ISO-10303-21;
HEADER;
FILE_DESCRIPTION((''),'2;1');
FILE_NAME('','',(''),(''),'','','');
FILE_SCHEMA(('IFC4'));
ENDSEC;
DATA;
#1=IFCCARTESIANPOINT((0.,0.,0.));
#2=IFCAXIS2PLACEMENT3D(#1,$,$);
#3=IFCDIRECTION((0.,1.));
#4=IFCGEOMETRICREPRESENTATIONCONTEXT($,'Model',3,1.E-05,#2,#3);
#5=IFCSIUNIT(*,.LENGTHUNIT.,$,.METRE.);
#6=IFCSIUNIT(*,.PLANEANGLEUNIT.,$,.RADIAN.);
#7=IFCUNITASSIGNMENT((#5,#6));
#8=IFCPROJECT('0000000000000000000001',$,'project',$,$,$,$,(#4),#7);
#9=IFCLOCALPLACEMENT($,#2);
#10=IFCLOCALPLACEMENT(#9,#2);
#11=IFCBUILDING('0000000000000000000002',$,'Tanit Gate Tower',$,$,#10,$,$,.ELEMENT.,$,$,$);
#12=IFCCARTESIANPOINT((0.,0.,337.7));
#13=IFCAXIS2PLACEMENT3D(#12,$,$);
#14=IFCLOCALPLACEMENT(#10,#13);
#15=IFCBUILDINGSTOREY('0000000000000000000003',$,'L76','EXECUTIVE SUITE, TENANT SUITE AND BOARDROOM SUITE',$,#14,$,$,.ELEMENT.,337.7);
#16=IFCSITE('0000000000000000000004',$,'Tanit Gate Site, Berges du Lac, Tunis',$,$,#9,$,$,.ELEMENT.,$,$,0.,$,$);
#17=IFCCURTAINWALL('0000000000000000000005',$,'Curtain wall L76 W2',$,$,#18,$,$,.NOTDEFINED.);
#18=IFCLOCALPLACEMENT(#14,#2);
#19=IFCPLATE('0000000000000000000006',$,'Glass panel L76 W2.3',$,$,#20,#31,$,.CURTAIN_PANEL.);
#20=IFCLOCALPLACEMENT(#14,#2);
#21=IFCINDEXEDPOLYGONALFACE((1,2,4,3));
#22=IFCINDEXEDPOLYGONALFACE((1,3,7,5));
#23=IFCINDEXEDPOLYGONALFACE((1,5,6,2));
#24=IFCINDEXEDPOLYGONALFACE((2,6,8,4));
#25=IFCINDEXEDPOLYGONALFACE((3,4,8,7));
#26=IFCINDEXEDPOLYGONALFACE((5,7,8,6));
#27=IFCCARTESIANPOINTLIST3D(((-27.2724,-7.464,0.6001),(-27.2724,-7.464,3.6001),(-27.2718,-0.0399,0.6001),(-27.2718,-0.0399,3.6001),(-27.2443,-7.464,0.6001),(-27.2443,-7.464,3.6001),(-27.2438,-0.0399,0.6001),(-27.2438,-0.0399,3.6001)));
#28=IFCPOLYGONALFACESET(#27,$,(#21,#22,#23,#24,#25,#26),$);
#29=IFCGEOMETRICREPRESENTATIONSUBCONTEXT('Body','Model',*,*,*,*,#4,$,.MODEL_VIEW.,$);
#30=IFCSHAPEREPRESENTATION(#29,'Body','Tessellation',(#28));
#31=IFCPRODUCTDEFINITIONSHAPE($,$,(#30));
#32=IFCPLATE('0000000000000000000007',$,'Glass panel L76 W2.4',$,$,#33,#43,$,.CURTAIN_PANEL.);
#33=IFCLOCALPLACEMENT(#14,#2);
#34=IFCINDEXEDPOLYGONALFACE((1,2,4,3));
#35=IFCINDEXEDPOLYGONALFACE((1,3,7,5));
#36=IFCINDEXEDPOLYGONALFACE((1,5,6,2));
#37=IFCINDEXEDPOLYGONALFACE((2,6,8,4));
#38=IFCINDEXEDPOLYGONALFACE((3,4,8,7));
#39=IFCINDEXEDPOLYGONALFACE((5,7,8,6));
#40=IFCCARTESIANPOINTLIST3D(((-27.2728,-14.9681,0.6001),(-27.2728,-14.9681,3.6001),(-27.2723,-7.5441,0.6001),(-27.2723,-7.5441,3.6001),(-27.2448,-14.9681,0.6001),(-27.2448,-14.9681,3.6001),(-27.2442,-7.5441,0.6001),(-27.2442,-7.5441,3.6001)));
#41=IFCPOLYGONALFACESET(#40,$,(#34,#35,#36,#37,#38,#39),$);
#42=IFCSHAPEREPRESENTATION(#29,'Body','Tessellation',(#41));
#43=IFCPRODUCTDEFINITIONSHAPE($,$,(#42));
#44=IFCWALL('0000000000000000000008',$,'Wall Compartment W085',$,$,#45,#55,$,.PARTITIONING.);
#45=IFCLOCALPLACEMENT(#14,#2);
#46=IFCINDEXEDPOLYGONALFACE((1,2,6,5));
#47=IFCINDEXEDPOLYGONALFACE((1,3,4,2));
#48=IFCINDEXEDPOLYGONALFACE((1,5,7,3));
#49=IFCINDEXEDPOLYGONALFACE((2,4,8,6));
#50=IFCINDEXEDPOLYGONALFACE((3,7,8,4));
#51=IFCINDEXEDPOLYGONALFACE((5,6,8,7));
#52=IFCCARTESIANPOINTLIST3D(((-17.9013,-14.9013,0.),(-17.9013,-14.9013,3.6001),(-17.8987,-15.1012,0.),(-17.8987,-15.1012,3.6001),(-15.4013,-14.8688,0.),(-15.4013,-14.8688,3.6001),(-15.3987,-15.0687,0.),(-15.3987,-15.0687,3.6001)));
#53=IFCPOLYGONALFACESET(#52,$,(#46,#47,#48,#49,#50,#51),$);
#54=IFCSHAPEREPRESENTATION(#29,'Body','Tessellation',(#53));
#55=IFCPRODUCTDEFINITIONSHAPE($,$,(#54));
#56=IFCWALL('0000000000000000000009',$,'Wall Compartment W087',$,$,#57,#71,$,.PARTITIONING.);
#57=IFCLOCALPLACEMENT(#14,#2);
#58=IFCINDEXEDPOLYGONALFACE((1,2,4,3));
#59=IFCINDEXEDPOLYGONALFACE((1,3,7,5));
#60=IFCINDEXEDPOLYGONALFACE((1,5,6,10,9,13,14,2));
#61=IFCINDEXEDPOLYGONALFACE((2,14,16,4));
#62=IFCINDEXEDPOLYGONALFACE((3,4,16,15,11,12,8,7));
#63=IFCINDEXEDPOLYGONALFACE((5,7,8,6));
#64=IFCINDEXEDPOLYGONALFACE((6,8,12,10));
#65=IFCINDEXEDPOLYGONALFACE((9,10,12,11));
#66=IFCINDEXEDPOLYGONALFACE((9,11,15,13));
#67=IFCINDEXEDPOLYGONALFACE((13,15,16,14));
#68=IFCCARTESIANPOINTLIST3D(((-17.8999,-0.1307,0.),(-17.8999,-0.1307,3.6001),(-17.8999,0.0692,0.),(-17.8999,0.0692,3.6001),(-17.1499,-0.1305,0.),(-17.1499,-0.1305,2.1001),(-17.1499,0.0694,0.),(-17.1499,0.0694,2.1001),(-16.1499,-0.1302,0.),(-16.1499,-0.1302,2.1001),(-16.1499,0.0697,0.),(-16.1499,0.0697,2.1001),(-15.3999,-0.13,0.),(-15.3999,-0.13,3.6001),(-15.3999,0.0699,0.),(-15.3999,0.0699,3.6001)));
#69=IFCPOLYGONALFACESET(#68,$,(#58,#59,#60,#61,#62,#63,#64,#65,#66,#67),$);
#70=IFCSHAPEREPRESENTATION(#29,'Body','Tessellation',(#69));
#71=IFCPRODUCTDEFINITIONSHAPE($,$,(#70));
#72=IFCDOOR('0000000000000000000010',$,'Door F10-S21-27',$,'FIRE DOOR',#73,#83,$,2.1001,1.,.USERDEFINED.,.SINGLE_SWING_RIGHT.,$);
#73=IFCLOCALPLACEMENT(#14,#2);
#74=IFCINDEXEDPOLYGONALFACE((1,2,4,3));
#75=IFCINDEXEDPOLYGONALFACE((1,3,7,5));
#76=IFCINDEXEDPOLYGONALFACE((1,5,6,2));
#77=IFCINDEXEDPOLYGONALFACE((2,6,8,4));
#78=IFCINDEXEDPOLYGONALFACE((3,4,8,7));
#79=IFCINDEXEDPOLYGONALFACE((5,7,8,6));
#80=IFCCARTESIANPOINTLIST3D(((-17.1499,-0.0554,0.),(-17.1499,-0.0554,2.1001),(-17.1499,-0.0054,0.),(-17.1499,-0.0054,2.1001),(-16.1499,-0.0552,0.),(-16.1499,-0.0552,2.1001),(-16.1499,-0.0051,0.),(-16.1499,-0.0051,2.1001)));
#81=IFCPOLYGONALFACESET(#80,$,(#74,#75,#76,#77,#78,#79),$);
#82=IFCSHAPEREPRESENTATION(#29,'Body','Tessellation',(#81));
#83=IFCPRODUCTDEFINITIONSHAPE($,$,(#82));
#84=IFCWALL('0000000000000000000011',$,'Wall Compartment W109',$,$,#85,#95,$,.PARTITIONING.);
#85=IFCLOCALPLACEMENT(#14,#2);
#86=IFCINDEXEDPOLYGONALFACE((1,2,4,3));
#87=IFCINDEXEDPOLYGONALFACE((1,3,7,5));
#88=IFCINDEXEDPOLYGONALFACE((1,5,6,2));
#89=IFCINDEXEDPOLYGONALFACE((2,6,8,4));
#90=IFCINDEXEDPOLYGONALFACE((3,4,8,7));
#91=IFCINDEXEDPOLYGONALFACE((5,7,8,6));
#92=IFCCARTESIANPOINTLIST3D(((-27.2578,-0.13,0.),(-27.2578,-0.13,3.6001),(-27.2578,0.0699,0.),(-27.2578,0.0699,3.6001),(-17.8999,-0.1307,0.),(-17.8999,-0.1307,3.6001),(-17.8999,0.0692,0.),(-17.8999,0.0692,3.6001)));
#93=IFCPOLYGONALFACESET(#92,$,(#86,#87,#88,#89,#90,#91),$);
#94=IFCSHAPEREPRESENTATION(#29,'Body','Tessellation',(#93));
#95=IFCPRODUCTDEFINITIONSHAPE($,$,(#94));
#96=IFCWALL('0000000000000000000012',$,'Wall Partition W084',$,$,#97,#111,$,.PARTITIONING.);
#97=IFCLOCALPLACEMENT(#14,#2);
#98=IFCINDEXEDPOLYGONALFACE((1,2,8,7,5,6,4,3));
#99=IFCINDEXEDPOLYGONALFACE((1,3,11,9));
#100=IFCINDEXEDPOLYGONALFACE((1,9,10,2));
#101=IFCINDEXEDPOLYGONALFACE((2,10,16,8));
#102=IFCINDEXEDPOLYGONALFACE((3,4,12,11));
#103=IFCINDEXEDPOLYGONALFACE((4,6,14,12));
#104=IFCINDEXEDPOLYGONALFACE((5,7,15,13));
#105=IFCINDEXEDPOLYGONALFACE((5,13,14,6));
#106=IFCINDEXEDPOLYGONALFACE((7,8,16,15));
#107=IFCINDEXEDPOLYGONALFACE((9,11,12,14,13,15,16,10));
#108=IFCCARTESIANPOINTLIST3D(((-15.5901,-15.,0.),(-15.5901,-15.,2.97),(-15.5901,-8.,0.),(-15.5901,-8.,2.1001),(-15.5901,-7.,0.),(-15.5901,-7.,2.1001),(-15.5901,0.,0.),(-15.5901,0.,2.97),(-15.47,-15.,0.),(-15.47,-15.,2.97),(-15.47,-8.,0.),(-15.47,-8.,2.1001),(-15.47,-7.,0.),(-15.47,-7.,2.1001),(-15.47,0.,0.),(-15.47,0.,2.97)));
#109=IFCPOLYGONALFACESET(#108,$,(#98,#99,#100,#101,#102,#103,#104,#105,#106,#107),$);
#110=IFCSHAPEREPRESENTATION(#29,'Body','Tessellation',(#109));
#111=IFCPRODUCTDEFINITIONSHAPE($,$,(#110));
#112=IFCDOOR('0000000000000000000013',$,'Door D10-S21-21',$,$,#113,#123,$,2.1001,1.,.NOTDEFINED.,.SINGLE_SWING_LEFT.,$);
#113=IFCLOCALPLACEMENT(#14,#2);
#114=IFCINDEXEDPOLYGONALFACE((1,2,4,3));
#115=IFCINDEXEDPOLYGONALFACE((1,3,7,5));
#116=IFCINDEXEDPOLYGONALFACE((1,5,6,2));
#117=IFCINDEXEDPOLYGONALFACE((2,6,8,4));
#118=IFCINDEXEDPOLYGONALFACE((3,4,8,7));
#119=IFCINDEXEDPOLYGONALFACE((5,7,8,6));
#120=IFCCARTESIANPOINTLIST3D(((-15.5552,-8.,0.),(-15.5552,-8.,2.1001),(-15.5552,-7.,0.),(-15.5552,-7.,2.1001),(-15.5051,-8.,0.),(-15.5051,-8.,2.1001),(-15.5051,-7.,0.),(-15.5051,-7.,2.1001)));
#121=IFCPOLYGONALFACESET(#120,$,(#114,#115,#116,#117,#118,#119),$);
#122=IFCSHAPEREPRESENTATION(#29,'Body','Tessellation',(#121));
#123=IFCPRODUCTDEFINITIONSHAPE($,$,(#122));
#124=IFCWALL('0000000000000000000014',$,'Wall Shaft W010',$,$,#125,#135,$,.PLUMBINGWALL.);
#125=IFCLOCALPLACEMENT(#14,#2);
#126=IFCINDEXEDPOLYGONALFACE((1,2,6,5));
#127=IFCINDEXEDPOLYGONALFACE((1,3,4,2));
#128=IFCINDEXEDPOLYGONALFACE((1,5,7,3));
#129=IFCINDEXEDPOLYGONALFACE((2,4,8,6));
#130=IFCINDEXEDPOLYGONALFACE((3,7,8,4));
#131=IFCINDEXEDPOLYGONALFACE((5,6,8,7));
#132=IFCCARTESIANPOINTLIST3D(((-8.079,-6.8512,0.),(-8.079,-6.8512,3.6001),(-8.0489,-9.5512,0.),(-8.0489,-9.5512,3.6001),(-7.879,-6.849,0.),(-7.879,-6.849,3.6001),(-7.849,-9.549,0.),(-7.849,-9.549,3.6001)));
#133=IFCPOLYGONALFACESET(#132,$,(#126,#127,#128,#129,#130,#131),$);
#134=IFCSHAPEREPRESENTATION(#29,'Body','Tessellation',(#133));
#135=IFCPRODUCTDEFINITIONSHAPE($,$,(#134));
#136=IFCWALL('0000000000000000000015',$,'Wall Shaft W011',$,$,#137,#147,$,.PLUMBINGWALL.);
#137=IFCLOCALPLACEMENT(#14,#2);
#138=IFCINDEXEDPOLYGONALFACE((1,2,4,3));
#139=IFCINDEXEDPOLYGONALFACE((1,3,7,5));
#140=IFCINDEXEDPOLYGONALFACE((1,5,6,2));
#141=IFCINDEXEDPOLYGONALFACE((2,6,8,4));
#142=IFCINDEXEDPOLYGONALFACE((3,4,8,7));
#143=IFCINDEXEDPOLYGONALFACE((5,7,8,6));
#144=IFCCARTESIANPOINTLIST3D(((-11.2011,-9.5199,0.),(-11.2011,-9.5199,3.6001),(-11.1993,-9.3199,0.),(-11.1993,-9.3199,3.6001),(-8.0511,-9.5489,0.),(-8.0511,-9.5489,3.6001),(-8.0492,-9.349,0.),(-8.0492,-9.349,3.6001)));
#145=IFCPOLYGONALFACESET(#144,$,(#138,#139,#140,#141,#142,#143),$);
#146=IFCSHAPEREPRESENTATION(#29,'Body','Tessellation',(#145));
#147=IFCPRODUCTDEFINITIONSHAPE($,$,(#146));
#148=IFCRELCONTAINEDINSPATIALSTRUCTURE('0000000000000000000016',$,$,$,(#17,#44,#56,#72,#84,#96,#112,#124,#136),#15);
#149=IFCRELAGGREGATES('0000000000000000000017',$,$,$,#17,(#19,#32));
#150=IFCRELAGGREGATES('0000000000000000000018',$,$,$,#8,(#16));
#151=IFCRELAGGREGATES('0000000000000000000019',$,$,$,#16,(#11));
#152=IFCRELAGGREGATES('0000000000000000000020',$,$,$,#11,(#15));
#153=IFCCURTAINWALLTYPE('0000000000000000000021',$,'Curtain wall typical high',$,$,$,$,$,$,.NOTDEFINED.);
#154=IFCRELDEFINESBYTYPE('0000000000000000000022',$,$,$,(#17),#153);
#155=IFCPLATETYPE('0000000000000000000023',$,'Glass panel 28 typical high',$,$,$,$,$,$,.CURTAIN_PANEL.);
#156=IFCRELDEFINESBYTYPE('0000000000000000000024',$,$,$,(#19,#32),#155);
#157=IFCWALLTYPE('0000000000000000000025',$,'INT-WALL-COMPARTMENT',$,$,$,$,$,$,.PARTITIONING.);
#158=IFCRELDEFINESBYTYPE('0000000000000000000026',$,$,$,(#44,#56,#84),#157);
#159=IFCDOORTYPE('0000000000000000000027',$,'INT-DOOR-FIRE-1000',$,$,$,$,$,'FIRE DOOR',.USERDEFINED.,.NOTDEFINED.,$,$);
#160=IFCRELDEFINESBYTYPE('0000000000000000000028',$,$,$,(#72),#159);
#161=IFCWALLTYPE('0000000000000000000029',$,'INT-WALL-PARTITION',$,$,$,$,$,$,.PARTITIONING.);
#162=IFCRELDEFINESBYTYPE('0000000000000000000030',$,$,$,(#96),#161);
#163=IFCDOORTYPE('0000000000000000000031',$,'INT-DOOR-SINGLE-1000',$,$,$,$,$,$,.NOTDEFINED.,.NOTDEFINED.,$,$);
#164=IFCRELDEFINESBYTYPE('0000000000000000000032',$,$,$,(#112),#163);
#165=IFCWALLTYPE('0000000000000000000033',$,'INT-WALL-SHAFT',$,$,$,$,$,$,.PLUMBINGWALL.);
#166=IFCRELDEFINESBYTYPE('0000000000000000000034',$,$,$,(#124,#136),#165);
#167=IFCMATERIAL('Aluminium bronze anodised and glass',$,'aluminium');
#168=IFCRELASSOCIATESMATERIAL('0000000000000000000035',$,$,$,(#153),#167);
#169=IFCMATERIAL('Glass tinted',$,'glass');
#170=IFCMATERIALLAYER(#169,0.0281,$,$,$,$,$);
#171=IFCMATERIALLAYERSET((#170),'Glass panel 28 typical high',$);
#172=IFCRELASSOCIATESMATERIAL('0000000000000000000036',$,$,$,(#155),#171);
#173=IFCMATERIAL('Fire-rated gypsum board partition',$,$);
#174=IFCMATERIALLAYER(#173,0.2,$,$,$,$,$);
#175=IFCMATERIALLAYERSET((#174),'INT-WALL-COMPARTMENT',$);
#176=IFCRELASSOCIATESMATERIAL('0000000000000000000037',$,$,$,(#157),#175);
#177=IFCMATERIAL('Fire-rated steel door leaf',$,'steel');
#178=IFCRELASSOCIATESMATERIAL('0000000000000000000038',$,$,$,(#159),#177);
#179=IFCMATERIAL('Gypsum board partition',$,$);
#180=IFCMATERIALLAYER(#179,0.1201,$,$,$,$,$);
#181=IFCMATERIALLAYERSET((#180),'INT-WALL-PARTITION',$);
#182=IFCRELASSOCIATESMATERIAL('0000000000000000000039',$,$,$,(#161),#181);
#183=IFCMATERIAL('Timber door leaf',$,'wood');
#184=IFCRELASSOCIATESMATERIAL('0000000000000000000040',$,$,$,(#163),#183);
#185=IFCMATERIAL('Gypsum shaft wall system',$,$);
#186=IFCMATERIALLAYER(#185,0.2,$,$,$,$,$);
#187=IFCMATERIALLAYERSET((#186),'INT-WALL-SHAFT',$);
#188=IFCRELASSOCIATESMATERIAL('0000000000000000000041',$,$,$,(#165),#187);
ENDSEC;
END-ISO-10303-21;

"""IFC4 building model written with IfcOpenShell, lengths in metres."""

from ifc_helpers import new_model, si_unit, direction, frame, frame_2d, origin, origin_2d, place, context, subcontext, project, spatial, rectangle, extrude, material, layer, layer_set, type_object, element, fill, aggregate, save


model = new_model("IFC4")

# Units and contexts
model_context = context("Model", 3, precision=1e-05, world=origin(), true_north=direction((0.0, 1.0)))
body_context = subcontext(model_context, "Body", "Model", "MODEL_VIEW")
ifc_project = project(units=[si_unit("LENGTHUNIT", "METRE"), si_unit("PLANEANGLEUNIT", "RADIAN")], contexts=[model_context])

# Site, building, storey
site_placement = place(None, origin())
site = spatial("IfcSite", under=ifc_project, at=site_placement, Name="Tanit Gate Site, Berges du Lac, Tunis", CompositionType="ELEMENT", RefElevation=0.0)
building_placement = place(site_placement, origin())
building = spatial("IfcBuilding", under=site, at=building_placement, Name="Tanit Gate Tower", CompositionType="ELEMENT")
storey_placement = place(building_placement, frame((0.0, 0.0, 337.7)))
storey = spatial("IfcBuildingStorey", under=building, at=storey_placement, Name="L76", Description="EXECUTIVE SUITE, TENANT SUITE AND BOARDROOM SUITE", CompositionType="ELEMENT", Elevation=337.7)

# Curtain wall
ifc_material_1 = material(Name="Aluminium bronze anodised and glass", Category="aluminium")
curtain_wall_type = type_object("IfcCurtainWallType", Name="Curtain wall typical high", PredefinedType="NOTDEFINED", material=ifc_material_1)
curtain_wall_placement = place(storey_placement, origin())
curtain_wall = element("IfcCurtainWall", 1, at=curtain_wall_placement, inside=storey, type_object=curtain_wall_type, Name="Curtain wall L76 W2", PredefinedType="NOTDEFINED")

# Plates
ifc_material_2 = material(Name="Glass tinted", Category="glass")
ifc_layer_1 = layer(ifc_material_2, 0.0281)
ifc_layer_set_1 = layer_set([ifc_layer_1], Name="Glass panel 28 typical high")
plate_type = type_object("IfcPlateType", Name="Glass panel 28 typical high", PredefinedType="CURTAIN_PANEL", material=ifc_layer_set_1)
plate_1_placement = place(storey_placement, frame((-27.2581, -3.752, 0.6001), z_axis=(0.0, 0.0, 1.0), x_axis=(-0.000069, -1.0, 0.0)))
plate_1 = element("IfcPlate", 2, at=plate_1_placement, type_object=plate_type, Name="Glass panel L76 W2.3", PredefinedType="CURTAIN_PANEL", context=body_context, shape_type="SweptSolid", body=[
    extrude(rectangle(XDim=7.4241, YDim=0.0281, at=origin_2d()), origin(), (0.0, 0.0, 1.0), 3.0),
])
plate_2_placement = place(storey_placement, frame((-27.2585, -11.2561, 0.6001), z_axis=(0.0, 0.0, 1.0), x_axis=(-0.000069, -1.0, 0.0)))
plate_2 = element("IfcPlate", 3, at=plate_2_placement, type_object=plate_type, Name="Glass panel L76 W2.4", PredefinedType="CURTAIN_PANEL", context=body_context, shape_type="SweptSolid", body=[
    extrude(rectangle(XDim=7.4241, YDim=0.0281, at=origin_2d()), origin(), (0.0, 0.0, 1.0), 3.0),
])
aggregate(curtain_wall, [plate_1, plate_2])

# Wall
ifc_material_3 = material(Name="Fire-rated gypsum board partition")
ifc_layer_2 = layer(ifc_material_3, 0.2)
ifc_layer_set_2 = layer_set([ifc_layer_2], Name="INT-WALL-COMPARTMENT")
wall_type_1 = type_object("IfcWallType", Name="INT-WALL-COMPARTMENT", PredefinedType="PARTITIONING", material=ifc_layer_set_2)
wall_1_placement = place(storey_placement, frame((-17.8999, -15.0012, 0.0), z_axis=(0.0, 0.0, 1.0), x_axis=(0.999916, 0.012987, 0.0)))
element("IfcWall", 4, at=wall_1_placement, inside=storey, type_object=wall_type_1, Name="Wall Compartment W085", PredefinedType="PARTITIONING", context=body_context, shape_type="SweptSolid", body=[
    extrude(rectangle(XDim=2.5002, YDim=0.2, at=frame_2d((1.25, 0.0))), origin(), (0.0, 0.0, 1.0), 3.6001),
])

# Wall, opening, door
wall_2_placement = place(storey_placement, frame((-15.3999, -0.03, 0.0), z_axis=(0.0, 0.0, 1.0), x_axis=(-1.0, -0.000293, 0.0)))
wall_2 = element("IfcWall", 5, at=wall_2_placement, inside=storey, type_object=wall_type_1, Name="Wall Compartment W087", PredefinedType="PARTITIONING", context=body_context, shape_type="SweptSolid", body=[
    extrude(rectangle(XDim=2.5, YDim=0.2, at=frame_2d((1.25, 0.0))), origin(), (0.0, 0.0, 1.0), 3.6001),
])
opening_1_placement = place(wall_2_placement, frame((0.75, 0.0, 0.0)))
opening_1 = element("IfcOpeningElement", 6, at=opening_1_placement, cuts=wall_2, PredefinedType="OPENING", context=body_context, shape_type="SweptSolid", body=[
    extrude(rectangle(XDim=1.0, YDim=2.1001, at=frame_2d((0.5, 1.05))), frame((0.0, 0.1099, 0.0), z_axis=(0.0, -1.0, 0.0), x_axis=(1.0, 0.0, 0.0)), (0.0, 0.0, 1.0), 0.22),
])
ifc_material_4 = material(Name="Fire-rated steel door leaf", Category="steel")
door_type_1 = type_object("IfcDoorType", Name="INT-DOOR-FIRE-1000", ElementType="FIRE DOOR", OperationType="NOTDEFINED", PredefinedType="USERDEFINED", material=ifc_material_4)
door_1_placement = place(opening_1_placement, origin())
door_1 = element("IfcDoor", 7, at=door_1_placement, inside=storey, type_object=door_type_1, Name="Door F10-S21-27", ObjectType="FIRE DOOR", OperationType="SINGLE_SWING_RIGHT", OverallHeight=2.1001, OverallWidth=1.0, PredefinedType="USERDEFINED", context=body_context, shape_type="SweptSolid", body=[
    extrude(rectangle(XDim=1.0, YDim=2.1001, at=frame_2d((0.5, 1.05))), frame((0.0, 0.0249, 0.0), z_axis=(0.0, -1.0, 0.0), x_axis=(1.0, 0.0, 0.0)), (0.0, 0.0, 1.0), 0.05),
])
fill(opening_1, door_1)

# Wall
wall_3_placement = place(storey_placement, frame((-27.2578, -0.03, 0.0), z_axis=(0.0, 0.0, 1.0), x_axis=(1.0, -0.000078, 0.0)))
element("IfcWall", 8, at=wall_3_placement, inside=storey, type_object=wall_type_1, Name="Wall Compartment W109", PredefinedType="PARTITIONING", context=body_context, shape_type="SweptSolid", body=[
    extrude(rectangle(XDim=9.3579, YDim=0.2, at=frame_2d((4.679, 0.0))), origin(), (0.0, 0.0, 1.0), 3.6001),
])

# Wall, opening, door
ifc_material_5 = material(Name="Gypsum board partition")
ifc_layer_3 = layer(ifc_material_5, 0.1201)
ifc_layer_set_3 = layer_set([ifc_layer_3], Name="INT-WALL-PARTITION")
wall_type_2 = type_object("IfcWallType", Name="INT-WALL-PARTITION", PredefinedType="PARTITIONING", material=ifc_layer_set_3)
wall_4_placement = place(storey_placement, frame((-15.53, 0.0, 0.0), z_axis=(0.0, 0.0, 1.0), x_axis=(0.0, -1.0, 0.0)))
wall_4 = element("IfcWall", 9, at=wall_4_placement, inside=storey, type_object=wall_type_2, Name="Wall Partition W084", PredefinedType="PARTITIONING", context=body_context, shape_type="SweptSolid", body=[
    extrude(rectangle(XDim=15.0, YDim=0.1201, at=frame_2d((7.5, 0.0))), origin(), (0.0, 0.0, 1.0), 2.97),
])
opening_2_placement = place(wall_4_placement, frame((7.0, 0.0, 0.0)))
opening_2 = element("IfcOpeningElement", 10, at=opening_2_placement, cuts=wall_4, PredefinedType="OPENING", context=body_context, shape_type="SweptSolid", body=[
    extrude(rectangle(XDim=1.0, YDim=2.1001, at=frame_2d((0.5, 1.05))), frame((0.0, 0.0701, 0.0), z_axis=(0.0, -1.0, 0.0), x_axis=(1.0, 0.0, 0.0)), (0.0, 0.0, 1.0), 0.1401),
])
ifc_material_6 = material(Name="Timber door leaf", Category="wood")
door_type_2 = type_object("IfcDoorType", Name="INT-DOOR-SINGLE-1000", OperationType="NOTDEFINED", PredefinedType="NOTDEFINED", material=ifc_material_6)
door_2_placement = place(opening_2_placement, origin())
door_2 = element("IfcDoor", 11, at=door_2_placement, inside=storey, type_object=door_type_2, Name="Door D10-S21-21", OperationType="SINGLE_SWING_LEFT", OverallHeight=2.1001, OverallWidth=1.0, PredefinedType="NOTDEFINED", context=body_context, shape_type="SweptSolid", body=[
    extrude(rectangle(XDim=1.0, YDim=2.1001, at=frame_2d((0.5, 1.05))), frame((0.0, 0.0249, 0.0), z_axis=(0.0, -1.0, 0.0), x_axis=(1.0, 0.0, 0.0)), (0.0, 0.0, 1.0), 0.05),
])
fill(opening_2, door_2)

# Walls
ifc_material_7 = material(Name="Gypsum shaft wall system")
ifc_layer_4 = layer(ifc_material_7, 0.2)
ifc_layer_set_4 = layer_set([ifc_layer_4], Name="INT-WALL-SHAFT")
wall_type_3 = type_object("IfcWallType", Name="INT-WALL-SHAFT", PredefinedType="PLUMBINGWALL", material=ifc_layer_set_4)
wall_5_placement = place(storey_placement, frame((-7.979, -6.8501, 0.0), z_axis=(0.0, 0.0, 1.0), x_axis=(0.011121, -0.999938, 0.0)))
element("IfcWall", 12, at=wall_5_placement, inside=storey, type_object=wall_type_3, Name="Wall Shaft W010", PredefinedType="PLUMBINGWALL", context=body_context, shape_type="SweptSolid", body=[
    extrude(rectangle(XDim=2.7002, YDim=0.2, at=frame_2d((1.3501, 0.0))), origin(), (0.0, 0.0, 1.0), 3.6001),
])
wall_6_placement = place(storey_placement, frame((-8.05, -9.449, 0.0), z_axis=(0.0, 0.0, 1.0), x_axis=(-0.999957, 0.009223, 0.0)))
element("IfcWall", 13, at=wall_6_placement, inside=storey, type_object=wall_type_3, Name="Wall Shaft W011", PredefinedType="PLUMBINGWALL", context=body_context, shape_type="SweptSolid", body=[
    extrude(rectangle(XDim=3.1501, YDim=0.2, at=frame_2d((1.5752, 0.0))), origin(), (0.0, 0.0, 1.0), 3.6001),
])

save(model, "model.ifc")
